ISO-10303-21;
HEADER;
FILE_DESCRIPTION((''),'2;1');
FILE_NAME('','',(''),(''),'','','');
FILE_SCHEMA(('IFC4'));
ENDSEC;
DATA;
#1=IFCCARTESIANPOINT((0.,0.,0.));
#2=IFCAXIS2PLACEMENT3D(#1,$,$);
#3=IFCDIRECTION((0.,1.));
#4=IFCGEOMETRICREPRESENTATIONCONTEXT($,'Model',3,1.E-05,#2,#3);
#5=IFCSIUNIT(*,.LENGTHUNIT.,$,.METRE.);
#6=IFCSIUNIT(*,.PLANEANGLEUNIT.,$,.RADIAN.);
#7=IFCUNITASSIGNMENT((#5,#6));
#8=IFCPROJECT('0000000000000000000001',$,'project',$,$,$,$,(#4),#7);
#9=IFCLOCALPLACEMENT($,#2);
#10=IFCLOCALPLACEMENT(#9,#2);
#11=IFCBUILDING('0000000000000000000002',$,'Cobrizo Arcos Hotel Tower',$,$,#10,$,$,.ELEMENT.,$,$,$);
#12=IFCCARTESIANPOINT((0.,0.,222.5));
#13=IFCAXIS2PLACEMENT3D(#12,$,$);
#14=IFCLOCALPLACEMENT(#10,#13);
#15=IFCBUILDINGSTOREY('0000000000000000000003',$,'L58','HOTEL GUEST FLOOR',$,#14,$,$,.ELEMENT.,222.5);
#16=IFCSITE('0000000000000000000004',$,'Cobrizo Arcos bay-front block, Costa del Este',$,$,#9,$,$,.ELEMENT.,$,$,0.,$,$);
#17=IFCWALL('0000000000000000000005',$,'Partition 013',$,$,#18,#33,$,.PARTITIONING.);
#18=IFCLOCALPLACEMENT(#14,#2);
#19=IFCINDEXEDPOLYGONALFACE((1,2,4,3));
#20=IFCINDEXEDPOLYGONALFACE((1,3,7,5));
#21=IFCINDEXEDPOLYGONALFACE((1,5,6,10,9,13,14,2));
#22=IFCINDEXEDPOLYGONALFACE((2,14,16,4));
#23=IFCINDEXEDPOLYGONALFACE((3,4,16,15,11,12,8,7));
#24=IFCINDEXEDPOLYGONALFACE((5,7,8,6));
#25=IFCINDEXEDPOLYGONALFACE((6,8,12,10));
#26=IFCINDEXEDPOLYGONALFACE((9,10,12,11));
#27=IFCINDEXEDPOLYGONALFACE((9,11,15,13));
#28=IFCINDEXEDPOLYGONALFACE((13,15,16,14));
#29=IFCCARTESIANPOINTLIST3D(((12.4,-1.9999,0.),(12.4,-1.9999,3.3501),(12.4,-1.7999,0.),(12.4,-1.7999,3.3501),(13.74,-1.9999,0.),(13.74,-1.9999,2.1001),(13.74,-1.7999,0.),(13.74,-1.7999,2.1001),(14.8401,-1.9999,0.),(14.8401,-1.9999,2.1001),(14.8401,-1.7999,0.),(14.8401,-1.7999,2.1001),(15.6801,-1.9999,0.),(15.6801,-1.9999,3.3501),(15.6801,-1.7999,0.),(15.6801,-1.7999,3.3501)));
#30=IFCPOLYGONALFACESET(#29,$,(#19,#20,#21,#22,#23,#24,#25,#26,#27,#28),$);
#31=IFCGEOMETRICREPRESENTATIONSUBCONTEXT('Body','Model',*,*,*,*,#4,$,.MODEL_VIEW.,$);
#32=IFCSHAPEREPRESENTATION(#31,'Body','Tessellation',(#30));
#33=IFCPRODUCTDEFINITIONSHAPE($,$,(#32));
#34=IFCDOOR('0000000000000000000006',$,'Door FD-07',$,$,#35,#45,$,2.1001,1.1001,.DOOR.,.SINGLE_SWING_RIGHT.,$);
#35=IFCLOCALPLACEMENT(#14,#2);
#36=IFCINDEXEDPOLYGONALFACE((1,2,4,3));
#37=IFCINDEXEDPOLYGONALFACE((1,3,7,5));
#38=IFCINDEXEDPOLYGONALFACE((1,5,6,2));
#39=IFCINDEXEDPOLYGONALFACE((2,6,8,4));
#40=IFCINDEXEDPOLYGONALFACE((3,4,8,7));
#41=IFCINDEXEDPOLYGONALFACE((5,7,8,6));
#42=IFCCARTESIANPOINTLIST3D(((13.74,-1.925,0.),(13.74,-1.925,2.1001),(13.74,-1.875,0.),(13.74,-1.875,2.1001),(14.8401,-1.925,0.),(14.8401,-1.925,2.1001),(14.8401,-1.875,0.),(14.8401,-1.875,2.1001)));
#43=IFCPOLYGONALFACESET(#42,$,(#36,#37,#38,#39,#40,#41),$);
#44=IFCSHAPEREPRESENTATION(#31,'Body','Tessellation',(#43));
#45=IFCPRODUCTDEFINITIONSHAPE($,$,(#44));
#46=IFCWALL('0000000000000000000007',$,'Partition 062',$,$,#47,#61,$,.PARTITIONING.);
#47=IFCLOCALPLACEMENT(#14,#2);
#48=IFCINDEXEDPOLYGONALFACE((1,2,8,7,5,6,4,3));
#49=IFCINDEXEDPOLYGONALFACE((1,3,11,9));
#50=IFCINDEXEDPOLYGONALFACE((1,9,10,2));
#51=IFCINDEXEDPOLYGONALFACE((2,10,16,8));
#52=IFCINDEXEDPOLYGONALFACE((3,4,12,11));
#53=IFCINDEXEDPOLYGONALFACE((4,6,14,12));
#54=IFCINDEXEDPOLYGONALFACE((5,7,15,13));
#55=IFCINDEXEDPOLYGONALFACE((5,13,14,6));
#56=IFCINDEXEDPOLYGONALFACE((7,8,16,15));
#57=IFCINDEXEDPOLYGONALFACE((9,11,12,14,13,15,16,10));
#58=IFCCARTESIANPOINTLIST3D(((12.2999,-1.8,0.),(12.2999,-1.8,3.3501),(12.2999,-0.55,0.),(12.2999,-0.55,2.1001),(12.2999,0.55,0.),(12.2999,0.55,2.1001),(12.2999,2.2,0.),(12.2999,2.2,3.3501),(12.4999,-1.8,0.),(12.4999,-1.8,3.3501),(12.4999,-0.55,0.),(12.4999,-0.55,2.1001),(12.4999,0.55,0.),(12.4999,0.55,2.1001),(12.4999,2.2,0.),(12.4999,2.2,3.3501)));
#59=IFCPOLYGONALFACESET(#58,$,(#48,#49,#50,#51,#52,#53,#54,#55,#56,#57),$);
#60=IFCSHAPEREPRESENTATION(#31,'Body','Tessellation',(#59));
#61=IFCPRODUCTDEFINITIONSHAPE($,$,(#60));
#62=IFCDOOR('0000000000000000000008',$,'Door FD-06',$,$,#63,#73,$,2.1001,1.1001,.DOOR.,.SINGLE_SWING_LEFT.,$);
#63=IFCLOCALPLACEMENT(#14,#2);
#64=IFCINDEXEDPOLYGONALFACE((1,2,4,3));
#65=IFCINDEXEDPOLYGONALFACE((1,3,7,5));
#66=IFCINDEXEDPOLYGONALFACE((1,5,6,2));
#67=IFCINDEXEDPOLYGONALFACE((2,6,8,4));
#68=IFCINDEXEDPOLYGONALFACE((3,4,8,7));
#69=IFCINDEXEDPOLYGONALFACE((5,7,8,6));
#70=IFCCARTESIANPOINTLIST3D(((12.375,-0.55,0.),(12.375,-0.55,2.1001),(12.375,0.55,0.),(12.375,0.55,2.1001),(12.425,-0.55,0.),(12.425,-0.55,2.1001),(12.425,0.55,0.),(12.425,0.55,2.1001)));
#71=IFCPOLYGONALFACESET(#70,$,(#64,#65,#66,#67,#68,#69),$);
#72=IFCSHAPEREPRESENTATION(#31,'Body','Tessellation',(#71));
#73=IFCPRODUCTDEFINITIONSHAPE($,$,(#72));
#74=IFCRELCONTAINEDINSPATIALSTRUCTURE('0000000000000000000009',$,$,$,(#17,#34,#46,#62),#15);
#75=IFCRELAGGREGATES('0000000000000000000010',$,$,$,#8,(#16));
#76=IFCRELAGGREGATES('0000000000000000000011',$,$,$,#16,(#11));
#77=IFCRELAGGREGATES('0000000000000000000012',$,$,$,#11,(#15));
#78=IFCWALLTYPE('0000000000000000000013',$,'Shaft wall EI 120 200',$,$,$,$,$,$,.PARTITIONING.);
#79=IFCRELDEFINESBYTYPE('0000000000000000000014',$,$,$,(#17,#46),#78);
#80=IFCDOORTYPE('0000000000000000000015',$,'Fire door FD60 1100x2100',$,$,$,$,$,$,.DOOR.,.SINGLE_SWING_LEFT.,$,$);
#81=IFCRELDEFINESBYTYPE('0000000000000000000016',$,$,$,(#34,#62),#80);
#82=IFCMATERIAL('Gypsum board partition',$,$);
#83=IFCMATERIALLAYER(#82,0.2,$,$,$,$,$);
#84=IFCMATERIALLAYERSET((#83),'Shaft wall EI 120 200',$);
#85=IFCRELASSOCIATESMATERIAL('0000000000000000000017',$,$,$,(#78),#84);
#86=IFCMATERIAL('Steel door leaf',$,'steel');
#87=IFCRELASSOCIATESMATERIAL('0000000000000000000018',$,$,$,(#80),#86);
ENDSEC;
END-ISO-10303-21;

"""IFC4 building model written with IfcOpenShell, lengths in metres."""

from ifc_helpers import new_model, si_unit, direction, frame, frame_2d, origin, place, context, subcontext, project, spatial, rectangle, extrude, material, layer, layer_set, type_object, element, fill, save


model = new_model("IFC4")

# Units and contexts
model_context = context("Model", 3, precision=1e-05, world=origin(), true_north=direction((0.0, 1.0)))
body_context = subcontext(model_context, "Body", "Model", "MODEL_VIEW")
ifc_project = project(units=[si_unit("LENGTHUNIT", "METRE"), si_unit("PLANEANGLEUNIT", "RADIAN")], contexts=[model_context])

# Site, building, storey
site_placement = place(None, origin())
site = spatial("IfcSite", under=ifc_project, at=site_placement, Name="Cobrizo Arcos bay-front block, Costa del Este", CompositionType="ELEMENT", RefElevation=0.0)
building_placement = place(site_placement, origin())
building = spatial("IfcBuilding", under=site, at=building_placement, Name="Cobrizo Arcos Hotel Tower", CompositionType="ELEMENT")
storey_placement = place(building_placement, frame((0.0, 0.0, 222.5)))
storey = spatial("IfcBuildingStorey", under=building, at=storey_placement, Name="L58", Description="HOTEL GUEST FLOOR", CompositionType="ELEMENT", Elevation=222.5)

# Shared definitions
ifc_material_1 = material(Name="Gypsum board partition")

# Walls, openings, doors
ifc_layer_1 = layer(ifc_material_1, 0.2)
ifc_layer_set_1 = layer_set([ifc_layer_1], Name="Shaft wall EI 120 200")
wall_type_1 = type_object("IfcWallType", Name="Shaft wall EI 120 200", PredefinedType="PARTITIONING", material=ifc_layer_set_1)
wall_1_placement = place(storey_placement, frame((12.3999, -1.8999, 0.0), z_axis=(0.0, 0.0, 1.0), x_axis=(1.0, 0.0, 0.0)))
wall_1 = element("IfcWall", 1, at=wall_1_placement, inside=storey, type_object=wall_type_1, Name="Partition 013", PredefinedType="PARTITIONING", context=body_context, shape_type="SweptSolid", body=[
    extrude(rectangle(XDim=3.28, YDim=0.2, at=frame_2d((1.6401, 0.0))), origin(), (0.0, 0.0, 1.0), 3.3501),
])
opening_1_placement = place(wall_1_placement, frame((1.3401, 0.0, 0.0)))
opening_1 = element("IfcOpeningElement", 2, at=opening_1_placement, cuts=wall_1, PredefinedType="OPENING", context=body_context, shape_type="SweptSolid", body=[
    extrude(rectangle(XDim=1.1001, YDim=2.1001, at=frame_2d((0.55, 1.05))), frame((0.0, 0.1121, 0.0), z_axis=(0.0, -1.0, 0.0), x_axis=(1.0, 0.0, 0.0)), (0.0, 0.0, 1.0), 0.2239),
])
ifc_material_2 = material(Name="Steel door leaf", Category="steel")
door_type_1 = type_object("IfcDoorType", Name="Fire door FD60 1100x2100", OperationType="SINGLE_SWING_LEFT", PredefinedType="DOOR", material=ifc_material_2)
door_1_placement = place(opening_1_placement, origin())
door_1 = element("IfcDoor", 3, at=door_1_placement, inside=storey, type_object=door_type_1, Name="Door FD-07", OperationType="SINGLE_SWING_RIGHT", OverallHeight=2.1001, OverallWidth=1.1001, PredefinedType="DOOR", context=body_context, shape_type="SweptSolid", body=[
    extrude(rectangle(XDim=1.1001, YDim=2.1001, at=frame_2d((0.55, 1.05))), frame((0.0, 0.0249, 0.0), z_axis=(0.0, -1.0, 0.0), x_axis=(1.0, 0.0, 0.0)), (0.0, 0.0, 1.0), 0.05),
])
fill(opening_1, door_1)
wall_2_placement = place(storey_placement, frame((12.3999, -1.8, 0.0), z_axis=(0.0, 0.0, 1.0), x_axis=(0.0, 1.0, 0.0)))
wall_2 = element("IfcWall", 4, at=wall_2_placement, inside=storey, type_object=wall_type_1, Name="Partition 062", PredefinedType="PARTITIONING", context=body_context, shape_type="SweptSolid", body=[
    extrude(rectangle(XDim=4.0, YDim=0.2, at=frame_2d((2.0, 0.0))), origin(), (0.0, 0.0, 1.0), 3.3501),
])
opening_2_placement = place(wall_2_placement, frame((1.25, 0.0, 0.0)))
opening_2 = element("IfcOpeningElement", 5, at=opening_2_placement, cuts=wall_2, PredefinedType="OPENING", context=body_context, shape_type="SweptSolid", body=[
    extrude(rectangle(XDim=1.1001, YDim=2.1001, at=frame_2d((0.55, 1.05))), frame((0.0, 0.1121, 0.0), z_axis=(0.0, -1.0, 0.0), x_axis=(1.0, 0.0, 0.0)), (0.0, 0.0, 1.0), 0.2239),
])
door_2_placement = place(opening_2_placement, origin())
door_2 = element("IfcDoor", 6, at=door_2_placement, inside=storey, type_object=door_type_1, Name="Door FD-06", OperationType="SINGLE_SWING_LEFT", OverallHeight=2.1001, OverallWidth=1.1001, PredefinedType="DOOR", context=body_context, shape_type="SweptSolid", body=[
    extrude(rectangle(XDim=1.1001, YDim=2.1001, at=frame_2d((0.55, 1.05))), frame((0.0, 0.0249, 0.0), z_axis=(0.0, -1.0, 0.0), x_axis=(1.0, 0.0, 0.0)), (0.0, 0.0, 1.0), 0.05),
])
fill(opening_2, door_2)

save(model, "model.ifc")
